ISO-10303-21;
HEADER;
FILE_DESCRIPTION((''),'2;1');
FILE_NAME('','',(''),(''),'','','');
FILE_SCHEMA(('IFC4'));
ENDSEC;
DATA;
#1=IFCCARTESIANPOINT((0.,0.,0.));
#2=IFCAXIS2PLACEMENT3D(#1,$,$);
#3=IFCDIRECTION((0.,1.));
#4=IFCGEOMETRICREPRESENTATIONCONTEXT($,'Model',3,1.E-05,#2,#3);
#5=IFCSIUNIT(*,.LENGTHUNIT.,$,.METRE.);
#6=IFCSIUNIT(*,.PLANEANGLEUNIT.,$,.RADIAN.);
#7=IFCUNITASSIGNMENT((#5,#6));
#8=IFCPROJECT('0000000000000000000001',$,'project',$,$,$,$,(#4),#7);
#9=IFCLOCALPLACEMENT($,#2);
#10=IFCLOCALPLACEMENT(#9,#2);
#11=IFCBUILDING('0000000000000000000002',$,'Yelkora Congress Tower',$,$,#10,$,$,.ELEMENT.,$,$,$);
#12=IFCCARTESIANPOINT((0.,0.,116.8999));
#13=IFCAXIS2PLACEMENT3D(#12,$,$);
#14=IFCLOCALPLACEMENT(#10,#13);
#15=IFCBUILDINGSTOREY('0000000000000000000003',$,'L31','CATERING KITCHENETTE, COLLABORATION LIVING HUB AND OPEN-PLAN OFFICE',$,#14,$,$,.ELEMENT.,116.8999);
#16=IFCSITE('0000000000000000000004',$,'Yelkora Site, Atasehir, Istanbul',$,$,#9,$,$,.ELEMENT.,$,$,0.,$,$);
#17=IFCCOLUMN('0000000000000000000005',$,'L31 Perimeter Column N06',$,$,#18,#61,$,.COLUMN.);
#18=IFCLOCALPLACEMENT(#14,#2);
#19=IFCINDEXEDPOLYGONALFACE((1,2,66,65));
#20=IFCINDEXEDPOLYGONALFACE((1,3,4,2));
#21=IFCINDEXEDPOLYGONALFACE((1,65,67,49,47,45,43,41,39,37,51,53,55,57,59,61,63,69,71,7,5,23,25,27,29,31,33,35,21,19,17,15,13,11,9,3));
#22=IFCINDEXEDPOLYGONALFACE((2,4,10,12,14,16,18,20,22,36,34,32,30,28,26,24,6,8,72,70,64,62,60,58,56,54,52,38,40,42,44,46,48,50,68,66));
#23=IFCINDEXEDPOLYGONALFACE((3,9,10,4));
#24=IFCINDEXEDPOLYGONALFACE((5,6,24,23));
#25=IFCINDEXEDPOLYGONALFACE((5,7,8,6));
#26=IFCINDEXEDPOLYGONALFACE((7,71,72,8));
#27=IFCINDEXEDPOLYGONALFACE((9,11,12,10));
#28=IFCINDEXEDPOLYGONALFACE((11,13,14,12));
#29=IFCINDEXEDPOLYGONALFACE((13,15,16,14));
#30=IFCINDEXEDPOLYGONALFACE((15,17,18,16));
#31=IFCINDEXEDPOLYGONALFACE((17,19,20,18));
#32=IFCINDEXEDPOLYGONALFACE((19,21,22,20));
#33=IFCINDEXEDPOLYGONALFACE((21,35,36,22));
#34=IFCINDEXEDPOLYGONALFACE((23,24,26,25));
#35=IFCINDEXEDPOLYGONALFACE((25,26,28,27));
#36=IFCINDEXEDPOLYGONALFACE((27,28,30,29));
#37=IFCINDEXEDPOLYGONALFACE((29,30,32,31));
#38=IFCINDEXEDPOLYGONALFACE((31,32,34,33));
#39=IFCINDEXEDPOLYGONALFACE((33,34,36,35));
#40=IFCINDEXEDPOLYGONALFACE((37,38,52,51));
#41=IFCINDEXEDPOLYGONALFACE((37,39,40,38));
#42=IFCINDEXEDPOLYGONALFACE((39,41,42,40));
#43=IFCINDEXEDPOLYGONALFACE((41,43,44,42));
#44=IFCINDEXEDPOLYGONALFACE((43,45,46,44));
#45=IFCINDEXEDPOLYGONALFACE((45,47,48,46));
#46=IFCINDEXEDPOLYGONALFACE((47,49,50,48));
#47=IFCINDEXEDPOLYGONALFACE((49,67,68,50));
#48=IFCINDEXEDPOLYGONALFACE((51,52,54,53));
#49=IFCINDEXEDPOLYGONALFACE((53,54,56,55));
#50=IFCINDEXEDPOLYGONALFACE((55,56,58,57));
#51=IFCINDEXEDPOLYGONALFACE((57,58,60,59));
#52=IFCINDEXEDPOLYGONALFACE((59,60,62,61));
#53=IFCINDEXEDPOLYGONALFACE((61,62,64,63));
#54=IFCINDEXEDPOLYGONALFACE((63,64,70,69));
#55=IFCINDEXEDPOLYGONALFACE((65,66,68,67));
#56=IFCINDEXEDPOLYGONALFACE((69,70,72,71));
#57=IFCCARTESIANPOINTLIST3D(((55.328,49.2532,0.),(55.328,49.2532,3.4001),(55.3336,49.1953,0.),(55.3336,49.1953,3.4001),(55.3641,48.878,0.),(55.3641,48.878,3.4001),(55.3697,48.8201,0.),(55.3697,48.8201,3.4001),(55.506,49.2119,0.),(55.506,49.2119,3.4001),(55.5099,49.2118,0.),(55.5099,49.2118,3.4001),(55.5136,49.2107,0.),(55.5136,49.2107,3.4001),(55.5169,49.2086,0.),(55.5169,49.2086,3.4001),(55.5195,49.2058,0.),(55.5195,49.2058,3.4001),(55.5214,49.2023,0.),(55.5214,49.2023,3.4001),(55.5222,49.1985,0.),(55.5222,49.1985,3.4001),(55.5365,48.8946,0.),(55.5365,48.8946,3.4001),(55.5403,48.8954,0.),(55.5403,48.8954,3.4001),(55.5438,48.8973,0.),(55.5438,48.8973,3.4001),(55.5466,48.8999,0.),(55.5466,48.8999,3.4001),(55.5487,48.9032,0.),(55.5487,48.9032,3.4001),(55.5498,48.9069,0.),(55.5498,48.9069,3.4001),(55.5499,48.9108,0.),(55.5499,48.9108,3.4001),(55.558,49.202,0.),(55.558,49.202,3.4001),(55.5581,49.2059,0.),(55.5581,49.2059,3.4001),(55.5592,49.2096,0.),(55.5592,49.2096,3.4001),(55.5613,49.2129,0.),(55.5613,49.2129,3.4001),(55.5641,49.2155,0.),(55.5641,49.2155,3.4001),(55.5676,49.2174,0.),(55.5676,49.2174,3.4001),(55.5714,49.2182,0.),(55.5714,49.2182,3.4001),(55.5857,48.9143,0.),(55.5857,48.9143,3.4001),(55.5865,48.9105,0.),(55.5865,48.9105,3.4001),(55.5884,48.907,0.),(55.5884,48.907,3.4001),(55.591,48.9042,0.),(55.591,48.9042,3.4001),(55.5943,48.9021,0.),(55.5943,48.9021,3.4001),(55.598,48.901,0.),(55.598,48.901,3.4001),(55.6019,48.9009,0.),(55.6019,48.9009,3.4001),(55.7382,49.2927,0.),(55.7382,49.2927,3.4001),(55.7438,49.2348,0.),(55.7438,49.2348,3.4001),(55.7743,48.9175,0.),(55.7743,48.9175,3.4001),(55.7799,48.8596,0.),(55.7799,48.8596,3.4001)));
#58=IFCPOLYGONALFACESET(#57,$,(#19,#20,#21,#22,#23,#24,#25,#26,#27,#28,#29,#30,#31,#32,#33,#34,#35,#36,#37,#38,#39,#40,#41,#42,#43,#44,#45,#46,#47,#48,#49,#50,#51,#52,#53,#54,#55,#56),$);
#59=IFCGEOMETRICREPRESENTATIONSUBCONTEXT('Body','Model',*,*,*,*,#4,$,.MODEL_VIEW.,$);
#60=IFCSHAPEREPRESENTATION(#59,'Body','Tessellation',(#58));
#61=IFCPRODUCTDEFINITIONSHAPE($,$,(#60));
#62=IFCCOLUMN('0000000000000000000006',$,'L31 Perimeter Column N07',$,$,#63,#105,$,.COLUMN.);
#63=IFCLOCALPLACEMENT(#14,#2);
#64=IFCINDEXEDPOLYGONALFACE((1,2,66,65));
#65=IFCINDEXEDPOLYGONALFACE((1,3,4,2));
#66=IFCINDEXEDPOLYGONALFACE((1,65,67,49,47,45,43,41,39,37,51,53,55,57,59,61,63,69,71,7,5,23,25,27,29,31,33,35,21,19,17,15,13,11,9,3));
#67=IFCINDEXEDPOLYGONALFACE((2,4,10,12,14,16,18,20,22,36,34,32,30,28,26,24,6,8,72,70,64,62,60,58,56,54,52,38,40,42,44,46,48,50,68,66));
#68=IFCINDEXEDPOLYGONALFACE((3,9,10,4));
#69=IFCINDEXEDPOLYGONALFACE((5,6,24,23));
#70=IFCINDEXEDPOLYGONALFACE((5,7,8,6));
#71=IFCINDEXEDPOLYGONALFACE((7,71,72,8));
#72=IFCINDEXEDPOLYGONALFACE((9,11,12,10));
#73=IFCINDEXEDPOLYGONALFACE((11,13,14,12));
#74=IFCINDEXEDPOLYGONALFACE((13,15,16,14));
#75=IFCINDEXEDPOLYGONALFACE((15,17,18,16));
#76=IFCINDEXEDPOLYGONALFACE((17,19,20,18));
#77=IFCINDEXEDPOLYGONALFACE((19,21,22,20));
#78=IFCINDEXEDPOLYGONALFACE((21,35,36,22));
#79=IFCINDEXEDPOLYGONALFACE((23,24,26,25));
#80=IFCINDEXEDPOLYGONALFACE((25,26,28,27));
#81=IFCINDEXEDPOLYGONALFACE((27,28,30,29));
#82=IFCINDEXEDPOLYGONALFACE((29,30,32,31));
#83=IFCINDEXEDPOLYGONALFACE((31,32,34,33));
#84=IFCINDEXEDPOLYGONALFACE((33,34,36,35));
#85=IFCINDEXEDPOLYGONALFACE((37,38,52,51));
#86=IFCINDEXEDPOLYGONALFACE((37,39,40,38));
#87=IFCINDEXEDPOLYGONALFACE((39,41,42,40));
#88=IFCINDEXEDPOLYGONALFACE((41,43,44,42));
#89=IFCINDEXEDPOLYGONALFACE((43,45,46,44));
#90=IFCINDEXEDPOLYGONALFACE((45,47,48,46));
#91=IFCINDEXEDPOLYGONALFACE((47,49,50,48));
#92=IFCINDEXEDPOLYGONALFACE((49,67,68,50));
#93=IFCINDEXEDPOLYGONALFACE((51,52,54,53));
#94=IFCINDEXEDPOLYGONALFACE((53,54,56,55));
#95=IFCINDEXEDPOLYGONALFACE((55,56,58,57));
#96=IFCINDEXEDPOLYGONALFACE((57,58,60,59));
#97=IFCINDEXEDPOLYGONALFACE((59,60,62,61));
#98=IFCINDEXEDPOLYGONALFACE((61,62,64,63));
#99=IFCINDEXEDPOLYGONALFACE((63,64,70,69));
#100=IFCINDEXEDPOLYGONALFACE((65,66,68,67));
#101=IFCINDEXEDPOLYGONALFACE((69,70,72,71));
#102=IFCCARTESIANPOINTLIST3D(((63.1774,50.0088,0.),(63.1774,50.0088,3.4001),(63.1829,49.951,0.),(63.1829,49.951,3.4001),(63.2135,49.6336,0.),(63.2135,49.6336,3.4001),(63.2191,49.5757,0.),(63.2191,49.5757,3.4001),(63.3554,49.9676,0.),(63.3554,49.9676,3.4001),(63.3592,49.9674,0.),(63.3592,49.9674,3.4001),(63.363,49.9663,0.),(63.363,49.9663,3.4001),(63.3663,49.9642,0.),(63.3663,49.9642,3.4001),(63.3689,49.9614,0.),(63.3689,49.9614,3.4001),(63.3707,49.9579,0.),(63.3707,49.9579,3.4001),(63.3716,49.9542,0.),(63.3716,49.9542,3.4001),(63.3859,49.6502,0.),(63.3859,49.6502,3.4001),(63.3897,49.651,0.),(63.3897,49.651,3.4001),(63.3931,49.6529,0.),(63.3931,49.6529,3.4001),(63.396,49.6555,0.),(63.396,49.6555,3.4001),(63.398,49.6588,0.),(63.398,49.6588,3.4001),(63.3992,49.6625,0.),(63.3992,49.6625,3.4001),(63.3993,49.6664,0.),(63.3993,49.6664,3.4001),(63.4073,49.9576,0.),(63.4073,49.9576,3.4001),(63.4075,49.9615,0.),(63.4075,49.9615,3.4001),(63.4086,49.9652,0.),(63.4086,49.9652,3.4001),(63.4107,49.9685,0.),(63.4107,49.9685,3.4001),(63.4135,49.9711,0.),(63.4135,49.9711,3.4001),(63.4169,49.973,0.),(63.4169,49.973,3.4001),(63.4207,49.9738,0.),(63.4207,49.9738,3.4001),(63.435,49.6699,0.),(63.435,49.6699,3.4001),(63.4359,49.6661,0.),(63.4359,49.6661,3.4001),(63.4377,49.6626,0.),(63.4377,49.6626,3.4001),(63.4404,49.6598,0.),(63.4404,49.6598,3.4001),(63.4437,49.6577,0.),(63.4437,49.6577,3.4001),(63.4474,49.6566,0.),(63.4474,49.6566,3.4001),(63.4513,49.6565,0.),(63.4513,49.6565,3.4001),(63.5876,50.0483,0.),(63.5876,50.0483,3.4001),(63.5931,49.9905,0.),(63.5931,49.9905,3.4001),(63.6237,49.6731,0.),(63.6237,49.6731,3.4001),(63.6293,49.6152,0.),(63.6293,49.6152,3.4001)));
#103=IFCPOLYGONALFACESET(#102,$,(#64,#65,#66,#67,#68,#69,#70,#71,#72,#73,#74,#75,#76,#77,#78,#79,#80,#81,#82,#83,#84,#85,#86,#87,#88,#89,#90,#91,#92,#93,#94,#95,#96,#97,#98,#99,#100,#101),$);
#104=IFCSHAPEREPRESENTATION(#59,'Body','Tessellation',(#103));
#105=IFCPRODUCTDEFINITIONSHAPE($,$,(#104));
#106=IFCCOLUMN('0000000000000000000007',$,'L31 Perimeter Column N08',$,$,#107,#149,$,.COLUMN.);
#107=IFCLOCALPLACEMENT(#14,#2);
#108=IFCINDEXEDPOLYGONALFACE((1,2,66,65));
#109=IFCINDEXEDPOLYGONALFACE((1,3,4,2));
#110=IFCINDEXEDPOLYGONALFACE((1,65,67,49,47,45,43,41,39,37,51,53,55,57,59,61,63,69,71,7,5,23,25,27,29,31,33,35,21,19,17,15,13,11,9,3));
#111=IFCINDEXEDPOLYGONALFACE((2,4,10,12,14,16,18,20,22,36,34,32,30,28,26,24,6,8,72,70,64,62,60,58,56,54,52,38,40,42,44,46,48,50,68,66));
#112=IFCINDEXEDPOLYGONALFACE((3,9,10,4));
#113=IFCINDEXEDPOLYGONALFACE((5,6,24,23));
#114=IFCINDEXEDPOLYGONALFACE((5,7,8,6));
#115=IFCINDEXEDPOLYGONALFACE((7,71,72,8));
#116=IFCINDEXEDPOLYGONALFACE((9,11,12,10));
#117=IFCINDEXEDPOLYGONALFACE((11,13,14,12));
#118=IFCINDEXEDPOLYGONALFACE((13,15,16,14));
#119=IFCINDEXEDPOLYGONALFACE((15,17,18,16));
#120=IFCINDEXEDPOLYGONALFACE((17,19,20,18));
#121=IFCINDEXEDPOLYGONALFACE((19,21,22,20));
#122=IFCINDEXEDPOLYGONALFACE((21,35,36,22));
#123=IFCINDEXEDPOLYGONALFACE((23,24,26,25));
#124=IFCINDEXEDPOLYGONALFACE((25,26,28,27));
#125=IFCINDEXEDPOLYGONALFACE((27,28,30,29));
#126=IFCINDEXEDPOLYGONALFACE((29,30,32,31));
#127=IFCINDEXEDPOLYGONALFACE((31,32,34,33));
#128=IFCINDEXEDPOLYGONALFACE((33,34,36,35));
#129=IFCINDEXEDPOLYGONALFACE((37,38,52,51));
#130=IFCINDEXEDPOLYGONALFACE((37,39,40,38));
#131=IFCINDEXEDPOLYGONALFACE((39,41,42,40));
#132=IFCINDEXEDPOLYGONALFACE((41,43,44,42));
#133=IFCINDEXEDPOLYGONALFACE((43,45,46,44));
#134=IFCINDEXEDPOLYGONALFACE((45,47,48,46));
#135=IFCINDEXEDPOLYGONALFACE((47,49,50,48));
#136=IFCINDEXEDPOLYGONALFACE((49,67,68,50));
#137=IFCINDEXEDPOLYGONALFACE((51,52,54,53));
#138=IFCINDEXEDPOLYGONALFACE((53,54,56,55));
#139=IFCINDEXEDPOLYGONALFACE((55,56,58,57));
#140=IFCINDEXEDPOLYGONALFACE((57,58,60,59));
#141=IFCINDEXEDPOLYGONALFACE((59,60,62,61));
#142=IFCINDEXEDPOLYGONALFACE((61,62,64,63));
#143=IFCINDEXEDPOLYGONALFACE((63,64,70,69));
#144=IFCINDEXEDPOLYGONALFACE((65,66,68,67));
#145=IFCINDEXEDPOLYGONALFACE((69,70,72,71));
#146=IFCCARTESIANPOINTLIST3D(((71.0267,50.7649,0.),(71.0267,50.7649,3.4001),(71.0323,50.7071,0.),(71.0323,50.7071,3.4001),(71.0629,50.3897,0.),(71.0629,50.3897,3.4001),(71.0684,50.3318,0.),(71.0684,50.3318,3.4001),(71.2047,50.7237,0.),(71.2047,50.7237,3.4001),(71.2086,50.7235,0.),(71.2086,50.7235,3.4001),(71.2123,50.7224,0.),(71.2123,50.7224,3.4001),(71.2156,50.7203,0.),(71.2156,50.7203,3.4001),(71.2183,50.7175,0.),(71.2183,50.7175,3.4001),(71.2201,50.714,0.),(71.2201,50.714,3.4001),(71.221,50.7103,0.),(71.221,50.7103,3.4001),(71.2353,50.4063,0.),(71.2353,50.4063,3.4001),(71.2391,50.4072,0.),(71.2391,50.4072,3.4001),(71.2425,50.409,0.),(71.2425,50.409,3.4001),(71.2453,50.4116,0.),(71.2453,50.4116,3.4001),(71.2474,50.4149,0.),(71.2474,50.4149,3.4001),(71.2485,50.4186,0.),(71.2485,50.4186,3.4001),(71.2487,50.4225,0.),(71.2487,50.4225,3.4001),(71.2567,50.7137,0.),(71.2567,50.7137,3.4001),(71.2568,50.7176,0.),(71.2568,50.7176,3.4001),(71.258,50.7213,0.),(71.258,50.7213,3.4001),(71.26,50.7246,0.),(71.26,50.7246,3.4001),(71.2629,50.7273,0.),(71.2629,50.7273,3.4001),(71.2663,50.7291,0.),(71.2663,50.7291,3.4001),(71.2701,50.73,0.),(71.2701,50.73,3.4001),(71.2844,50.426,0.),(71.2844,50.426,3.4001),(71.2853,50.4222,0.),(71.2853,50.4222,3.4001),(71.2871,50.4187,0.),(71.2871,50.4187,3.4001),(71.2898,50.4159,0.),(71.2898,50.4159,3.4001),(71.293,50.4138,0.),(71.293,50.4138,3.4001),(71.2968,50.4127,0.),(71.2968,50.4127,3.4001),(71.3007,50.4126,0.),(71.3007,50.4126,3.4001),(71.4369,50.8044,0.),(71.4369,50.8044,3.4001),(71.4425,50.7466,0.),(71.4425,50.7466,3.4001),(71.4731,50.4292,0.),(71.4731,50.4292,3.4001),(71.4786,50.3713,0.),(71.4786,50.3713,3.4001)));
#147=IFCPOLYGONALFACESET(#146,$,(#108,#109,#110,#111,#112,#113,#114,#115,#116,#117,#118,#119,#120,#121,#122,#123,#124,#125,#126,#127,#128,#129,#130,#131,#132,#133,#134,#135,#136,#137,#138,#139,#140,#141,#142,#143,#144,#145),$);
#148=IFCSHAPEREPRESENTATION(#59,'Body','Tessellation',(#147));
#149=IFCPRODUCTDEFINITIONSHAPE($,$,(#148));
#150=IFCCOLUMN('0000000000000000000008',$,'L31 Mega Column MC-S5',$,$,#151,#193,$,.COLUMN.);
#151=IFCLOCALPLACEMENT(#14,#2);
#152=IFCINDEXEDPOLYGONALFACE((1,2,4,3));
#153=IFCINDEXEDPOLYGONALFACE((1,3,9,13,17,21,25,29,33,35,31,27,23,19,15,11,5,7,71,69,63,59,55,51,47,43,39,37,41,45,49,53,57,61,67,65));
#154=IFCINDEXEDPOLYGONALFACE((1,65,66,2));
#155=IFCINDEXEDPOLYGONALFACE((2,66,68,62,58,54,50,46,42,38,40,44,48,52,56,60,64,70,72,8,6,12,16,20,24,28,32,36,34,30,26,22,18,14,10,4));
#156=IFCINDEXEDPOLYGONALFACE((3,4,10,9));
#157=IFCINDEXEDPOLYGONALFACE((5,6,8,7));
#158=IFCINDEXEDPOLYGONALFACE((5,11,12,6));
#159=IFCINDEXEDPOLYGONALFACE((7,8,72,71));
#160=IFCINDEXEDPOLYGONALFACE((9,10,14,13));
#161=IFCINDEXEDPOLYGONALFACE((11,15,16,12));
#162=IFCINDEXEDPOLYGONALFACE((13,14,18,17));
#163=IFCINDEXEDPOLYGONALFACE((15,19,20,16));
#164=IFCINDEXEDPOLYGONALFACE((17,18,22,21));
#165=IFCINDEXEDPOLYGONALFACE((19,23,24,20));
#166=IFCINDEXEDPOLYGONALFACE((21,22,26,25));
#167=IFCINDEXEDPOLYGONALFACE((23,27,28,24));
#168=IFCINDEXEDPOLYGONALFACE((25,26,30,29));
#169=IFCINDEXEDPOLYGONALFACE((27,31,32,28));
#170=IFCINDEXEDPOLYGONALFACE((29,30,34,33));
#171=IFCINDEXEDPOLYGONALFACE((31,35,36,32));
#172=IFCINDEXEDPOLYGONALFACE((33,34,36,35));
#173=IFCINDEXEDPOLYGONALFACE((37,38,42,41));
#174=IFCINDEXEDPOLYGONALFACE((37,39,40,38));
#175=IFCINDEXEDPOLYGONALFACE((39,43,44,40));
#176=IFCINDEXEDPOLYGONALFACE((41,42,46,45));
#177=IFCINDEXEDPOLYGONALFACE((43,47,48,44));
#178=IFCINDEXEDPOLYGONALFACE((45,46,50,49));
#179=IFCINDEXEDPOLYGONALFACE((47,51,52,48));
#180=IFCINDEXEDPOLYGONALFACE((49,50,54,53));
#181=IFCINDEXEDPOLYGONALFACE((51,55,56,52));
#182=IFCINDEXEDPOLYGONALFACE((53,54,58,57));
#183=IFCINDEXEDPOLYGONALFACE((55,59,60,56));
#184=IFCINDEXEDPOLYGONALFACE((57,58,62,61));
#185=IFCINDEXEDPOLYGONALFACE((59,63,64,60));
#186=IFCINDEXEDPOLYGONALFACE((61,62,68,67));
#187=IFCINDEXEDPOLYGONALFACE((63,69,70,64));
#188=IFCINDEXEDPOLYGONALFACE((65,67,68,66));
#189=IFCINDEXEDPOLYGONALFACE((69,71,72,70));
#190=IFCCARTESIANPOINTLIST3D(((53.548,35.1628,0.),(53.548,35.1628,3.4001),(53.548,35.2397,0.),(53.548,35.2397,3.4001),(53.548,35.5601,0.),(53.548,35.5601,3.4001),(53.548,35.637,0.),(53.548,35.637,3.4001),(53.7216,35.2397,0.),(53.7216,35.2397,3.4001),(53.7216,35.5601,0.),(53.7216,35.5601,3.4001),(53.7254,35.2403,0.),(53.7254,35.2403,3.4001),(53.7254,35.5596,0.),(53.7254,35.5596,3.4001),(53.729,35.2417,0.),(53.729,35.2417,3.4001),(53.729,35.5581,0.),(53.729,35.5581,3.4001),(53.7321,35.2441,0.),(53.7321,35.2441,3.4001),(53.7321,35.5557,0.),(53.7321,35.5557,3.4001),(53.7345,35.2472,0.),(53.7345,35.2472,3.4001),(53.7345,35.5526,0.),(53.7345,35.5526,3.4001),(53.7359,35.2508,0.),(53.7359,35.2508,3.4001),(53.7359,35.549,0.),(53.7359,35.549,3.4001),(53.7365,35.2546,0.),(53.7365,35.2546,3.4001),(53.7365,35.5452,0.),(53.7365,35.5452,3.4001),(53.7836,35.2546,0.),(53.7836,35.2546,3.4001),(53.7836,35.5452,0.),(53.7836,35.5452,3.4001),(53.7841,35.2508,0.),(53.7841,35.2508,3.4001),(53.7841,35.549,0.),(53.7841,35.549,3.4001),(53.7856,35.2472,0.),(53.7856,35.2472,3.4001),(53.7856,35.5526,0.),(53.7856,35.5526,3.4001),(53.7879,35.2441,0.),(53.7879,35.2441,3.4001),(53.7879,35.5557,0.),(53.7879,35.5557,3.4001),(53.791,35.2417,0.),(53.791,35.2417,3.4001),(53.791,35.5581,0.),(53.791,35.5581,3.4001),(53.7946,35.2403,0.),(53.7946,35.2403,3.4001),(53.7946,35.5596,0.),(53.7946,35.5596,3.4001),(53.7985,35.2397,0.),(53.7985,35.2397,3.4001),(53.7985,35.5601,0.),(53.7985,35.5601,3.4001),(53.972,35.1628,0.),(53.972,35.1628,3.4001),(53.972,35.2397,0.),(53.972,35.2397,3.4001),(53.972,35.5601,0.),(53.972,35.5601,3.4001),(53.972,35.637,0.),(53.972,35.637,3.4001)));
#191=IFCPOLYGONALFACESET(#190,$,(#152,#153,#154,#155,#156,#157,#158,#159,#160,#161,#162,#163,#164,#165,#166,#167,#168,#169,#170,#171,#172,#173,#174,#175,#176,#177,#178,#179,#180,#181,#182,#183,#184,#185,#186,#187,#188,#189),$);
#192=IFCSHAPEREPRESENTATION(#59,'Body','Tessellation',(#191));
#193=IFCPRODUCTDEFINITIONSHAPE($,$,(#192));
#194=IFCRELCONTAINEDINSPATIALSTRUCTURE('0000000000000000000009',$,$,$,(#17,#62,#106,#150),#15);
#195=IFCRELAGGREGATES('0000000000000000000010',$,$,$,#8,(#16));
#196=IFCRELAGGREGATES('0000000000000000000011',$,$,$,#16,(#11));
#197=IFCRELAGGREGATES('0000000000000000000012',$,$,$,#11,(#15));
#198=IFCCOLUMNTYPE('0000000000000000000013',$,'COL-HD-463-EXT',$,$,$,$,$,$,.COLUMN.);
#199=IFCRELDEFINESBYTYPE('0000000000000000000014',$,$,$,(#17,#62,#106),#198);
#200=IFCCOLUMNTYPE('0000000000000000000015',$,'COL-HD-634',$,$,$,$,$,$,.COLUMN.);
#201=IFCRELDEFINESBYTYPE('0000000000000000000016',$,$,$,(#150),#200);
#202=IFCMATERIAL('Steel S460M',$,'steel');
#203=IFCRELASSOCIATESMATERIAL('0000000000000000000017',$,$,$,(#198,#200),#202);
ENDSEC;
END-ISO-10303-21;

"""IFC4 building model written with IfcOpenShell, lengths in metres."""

from ifc_helpers import new_model, si_unit, direction, frame, origin, origin_2d, place, context, subcontext, project, spatial, i_section, extrude, material, material_profile, profile_set, type_object, element, save


model = new_model("IFC4")

# Units and contexts
model_context = context("Model", 3, precision=1e-05, world=origin(), true_north=direction((0.0, 1.0)))
body_context = subcontext(model_context, "Body", "Model", "MODEL_VIEW")
ifc_project = project(units=[si_unit("LENGTHUNIT", "METRE"), si_unit("PLANEANGLEUNIT", "RADIAN")], contexts=[model_context])

# Site, building, storey
site_placement = place(None, origin())
site = spatial("IfcSite", under=ifc_project, at=site_placement, Name="Yelkora Site, Atasehir, Istanbul", CompositionType="ELEMENT", RefElevation=0.0)
building_placement = place(site_placement, origin())
building = spatial("IfcBuilding", under=site, at=building_placement, Name="Yelkora Congress Tower", CompositionType="ELEMENT")
storey_placement = place(building_placement, frame((0.0, 0.0, 116.8999)))
storey = spatial("IfcBuildingStorey", under=building, at=storey_placement, Name="L31", Description="CATERING KITCHENETTE, COLLABORATION LIVING HUB AND OPEN-PLAN OFFICE", CompositionType="ELEMENT", Elevation=116.8999)

# Columns
ifc_material_1 = material(Name="Steel S460M", Category="steel")
ifc_material_profile_1 = material_profile(ifc_material_1, i_section(OverallWidth=0.4121, OverallDepth=0.4351, WebThickness=0.0359, FlangeThickness=0.0581, FilletRadius=0.0149, at=origin_2d()), Name="HD 400x463")
ifc_profile_set_1 = profile_set([ifc_material_profile_1], Name="Steel S460M")
column_type_1 = type_object("IfcColumnType", Name="COL-HD-463-EXT", PredefinedType="COLUMN", material=ifc_profile_set_1)
for number, where, z_axis, x_axis, name in (
    (1, (55.554, 49.0564, 0.0), (0.0, 0.0, 1.0), (0.995396, 0.095846, 0.0), "L31 Perimeter Column N06"),
    (2, (63.4033, 49.812, 0.0), (0.0, 0.0, 1.0), (0.995396, 0.095846, 0.0), "L31 Perimeter Column N07"),
    (3, (71.2527, 50.5681, 0.0), (0.0, 0.0, 1.0), (0.995396, 0.095846, 0.0), "L31 Perimeter Column N08"),
):
    element("IfcColumn", number, at=place(storey_placement, frame(where, z_axis=z_axis, x_axis=x_axis)), inside=storey, type_object=column_type_1, Name=name, PredefinedType="COLUMN", context=body_context, shape_type="SweptSolid", body=[
        extrude(i_section(OverallWidth=0.4121, OverallDepth=0.4351, WebThickness=0.0359, FlangeThickness=0.0581, FilletRadius=0.0149, at=origin_2d()), origin(), (0.0, 0.0, 1.0), 3.4001),
    ])
ifc_material_profile_2 = material_profile(ifc_material_1, i_section(OverallWidth=0.4241, OverallDepth=0.4741, WebThickness=0.0471, FlangeThickness=0.0769, FilletRadius=0.0149, at=origin_2d()), Name="HD 400x634")
ifc_profile_set_2 = profile_set([ifc_material_profile_2], Name="Steel S460M")
column_type_2 = type_object("IfcColumnType", Name="COL-HD-634", PredefinedType="COLUMN", material=ifc_profile_set_2)
for number, where, z_axis, x_axis, name in (
    (4, (53.76, 35.3999, 0.0), (0.0, 0.0, 1.0), (1.0, 0.0, 0.0), "L31 Mega Column MC-S5"),
):
    element("IfcColumn", number, at=place(storey_placement, frame(where, z_axis=z_axis, x_axis=x_axis)), inside=storey, type_object=column_type_2, Name=name, PredefinedType="COLUMN", context=body_context, shape_type="SweptSolid", body=[
        extrude(i_section(OverallWidth=0.4241, OverallDepth=0.4741, WebThickness=0.0471, FlangeThickness=0.0769, FilletRadius=0.0149, at=origin_2d()), origin(), (0.0, 0.0, 1.0), 3.4001),
    ])

save(model, "model.ifc")
